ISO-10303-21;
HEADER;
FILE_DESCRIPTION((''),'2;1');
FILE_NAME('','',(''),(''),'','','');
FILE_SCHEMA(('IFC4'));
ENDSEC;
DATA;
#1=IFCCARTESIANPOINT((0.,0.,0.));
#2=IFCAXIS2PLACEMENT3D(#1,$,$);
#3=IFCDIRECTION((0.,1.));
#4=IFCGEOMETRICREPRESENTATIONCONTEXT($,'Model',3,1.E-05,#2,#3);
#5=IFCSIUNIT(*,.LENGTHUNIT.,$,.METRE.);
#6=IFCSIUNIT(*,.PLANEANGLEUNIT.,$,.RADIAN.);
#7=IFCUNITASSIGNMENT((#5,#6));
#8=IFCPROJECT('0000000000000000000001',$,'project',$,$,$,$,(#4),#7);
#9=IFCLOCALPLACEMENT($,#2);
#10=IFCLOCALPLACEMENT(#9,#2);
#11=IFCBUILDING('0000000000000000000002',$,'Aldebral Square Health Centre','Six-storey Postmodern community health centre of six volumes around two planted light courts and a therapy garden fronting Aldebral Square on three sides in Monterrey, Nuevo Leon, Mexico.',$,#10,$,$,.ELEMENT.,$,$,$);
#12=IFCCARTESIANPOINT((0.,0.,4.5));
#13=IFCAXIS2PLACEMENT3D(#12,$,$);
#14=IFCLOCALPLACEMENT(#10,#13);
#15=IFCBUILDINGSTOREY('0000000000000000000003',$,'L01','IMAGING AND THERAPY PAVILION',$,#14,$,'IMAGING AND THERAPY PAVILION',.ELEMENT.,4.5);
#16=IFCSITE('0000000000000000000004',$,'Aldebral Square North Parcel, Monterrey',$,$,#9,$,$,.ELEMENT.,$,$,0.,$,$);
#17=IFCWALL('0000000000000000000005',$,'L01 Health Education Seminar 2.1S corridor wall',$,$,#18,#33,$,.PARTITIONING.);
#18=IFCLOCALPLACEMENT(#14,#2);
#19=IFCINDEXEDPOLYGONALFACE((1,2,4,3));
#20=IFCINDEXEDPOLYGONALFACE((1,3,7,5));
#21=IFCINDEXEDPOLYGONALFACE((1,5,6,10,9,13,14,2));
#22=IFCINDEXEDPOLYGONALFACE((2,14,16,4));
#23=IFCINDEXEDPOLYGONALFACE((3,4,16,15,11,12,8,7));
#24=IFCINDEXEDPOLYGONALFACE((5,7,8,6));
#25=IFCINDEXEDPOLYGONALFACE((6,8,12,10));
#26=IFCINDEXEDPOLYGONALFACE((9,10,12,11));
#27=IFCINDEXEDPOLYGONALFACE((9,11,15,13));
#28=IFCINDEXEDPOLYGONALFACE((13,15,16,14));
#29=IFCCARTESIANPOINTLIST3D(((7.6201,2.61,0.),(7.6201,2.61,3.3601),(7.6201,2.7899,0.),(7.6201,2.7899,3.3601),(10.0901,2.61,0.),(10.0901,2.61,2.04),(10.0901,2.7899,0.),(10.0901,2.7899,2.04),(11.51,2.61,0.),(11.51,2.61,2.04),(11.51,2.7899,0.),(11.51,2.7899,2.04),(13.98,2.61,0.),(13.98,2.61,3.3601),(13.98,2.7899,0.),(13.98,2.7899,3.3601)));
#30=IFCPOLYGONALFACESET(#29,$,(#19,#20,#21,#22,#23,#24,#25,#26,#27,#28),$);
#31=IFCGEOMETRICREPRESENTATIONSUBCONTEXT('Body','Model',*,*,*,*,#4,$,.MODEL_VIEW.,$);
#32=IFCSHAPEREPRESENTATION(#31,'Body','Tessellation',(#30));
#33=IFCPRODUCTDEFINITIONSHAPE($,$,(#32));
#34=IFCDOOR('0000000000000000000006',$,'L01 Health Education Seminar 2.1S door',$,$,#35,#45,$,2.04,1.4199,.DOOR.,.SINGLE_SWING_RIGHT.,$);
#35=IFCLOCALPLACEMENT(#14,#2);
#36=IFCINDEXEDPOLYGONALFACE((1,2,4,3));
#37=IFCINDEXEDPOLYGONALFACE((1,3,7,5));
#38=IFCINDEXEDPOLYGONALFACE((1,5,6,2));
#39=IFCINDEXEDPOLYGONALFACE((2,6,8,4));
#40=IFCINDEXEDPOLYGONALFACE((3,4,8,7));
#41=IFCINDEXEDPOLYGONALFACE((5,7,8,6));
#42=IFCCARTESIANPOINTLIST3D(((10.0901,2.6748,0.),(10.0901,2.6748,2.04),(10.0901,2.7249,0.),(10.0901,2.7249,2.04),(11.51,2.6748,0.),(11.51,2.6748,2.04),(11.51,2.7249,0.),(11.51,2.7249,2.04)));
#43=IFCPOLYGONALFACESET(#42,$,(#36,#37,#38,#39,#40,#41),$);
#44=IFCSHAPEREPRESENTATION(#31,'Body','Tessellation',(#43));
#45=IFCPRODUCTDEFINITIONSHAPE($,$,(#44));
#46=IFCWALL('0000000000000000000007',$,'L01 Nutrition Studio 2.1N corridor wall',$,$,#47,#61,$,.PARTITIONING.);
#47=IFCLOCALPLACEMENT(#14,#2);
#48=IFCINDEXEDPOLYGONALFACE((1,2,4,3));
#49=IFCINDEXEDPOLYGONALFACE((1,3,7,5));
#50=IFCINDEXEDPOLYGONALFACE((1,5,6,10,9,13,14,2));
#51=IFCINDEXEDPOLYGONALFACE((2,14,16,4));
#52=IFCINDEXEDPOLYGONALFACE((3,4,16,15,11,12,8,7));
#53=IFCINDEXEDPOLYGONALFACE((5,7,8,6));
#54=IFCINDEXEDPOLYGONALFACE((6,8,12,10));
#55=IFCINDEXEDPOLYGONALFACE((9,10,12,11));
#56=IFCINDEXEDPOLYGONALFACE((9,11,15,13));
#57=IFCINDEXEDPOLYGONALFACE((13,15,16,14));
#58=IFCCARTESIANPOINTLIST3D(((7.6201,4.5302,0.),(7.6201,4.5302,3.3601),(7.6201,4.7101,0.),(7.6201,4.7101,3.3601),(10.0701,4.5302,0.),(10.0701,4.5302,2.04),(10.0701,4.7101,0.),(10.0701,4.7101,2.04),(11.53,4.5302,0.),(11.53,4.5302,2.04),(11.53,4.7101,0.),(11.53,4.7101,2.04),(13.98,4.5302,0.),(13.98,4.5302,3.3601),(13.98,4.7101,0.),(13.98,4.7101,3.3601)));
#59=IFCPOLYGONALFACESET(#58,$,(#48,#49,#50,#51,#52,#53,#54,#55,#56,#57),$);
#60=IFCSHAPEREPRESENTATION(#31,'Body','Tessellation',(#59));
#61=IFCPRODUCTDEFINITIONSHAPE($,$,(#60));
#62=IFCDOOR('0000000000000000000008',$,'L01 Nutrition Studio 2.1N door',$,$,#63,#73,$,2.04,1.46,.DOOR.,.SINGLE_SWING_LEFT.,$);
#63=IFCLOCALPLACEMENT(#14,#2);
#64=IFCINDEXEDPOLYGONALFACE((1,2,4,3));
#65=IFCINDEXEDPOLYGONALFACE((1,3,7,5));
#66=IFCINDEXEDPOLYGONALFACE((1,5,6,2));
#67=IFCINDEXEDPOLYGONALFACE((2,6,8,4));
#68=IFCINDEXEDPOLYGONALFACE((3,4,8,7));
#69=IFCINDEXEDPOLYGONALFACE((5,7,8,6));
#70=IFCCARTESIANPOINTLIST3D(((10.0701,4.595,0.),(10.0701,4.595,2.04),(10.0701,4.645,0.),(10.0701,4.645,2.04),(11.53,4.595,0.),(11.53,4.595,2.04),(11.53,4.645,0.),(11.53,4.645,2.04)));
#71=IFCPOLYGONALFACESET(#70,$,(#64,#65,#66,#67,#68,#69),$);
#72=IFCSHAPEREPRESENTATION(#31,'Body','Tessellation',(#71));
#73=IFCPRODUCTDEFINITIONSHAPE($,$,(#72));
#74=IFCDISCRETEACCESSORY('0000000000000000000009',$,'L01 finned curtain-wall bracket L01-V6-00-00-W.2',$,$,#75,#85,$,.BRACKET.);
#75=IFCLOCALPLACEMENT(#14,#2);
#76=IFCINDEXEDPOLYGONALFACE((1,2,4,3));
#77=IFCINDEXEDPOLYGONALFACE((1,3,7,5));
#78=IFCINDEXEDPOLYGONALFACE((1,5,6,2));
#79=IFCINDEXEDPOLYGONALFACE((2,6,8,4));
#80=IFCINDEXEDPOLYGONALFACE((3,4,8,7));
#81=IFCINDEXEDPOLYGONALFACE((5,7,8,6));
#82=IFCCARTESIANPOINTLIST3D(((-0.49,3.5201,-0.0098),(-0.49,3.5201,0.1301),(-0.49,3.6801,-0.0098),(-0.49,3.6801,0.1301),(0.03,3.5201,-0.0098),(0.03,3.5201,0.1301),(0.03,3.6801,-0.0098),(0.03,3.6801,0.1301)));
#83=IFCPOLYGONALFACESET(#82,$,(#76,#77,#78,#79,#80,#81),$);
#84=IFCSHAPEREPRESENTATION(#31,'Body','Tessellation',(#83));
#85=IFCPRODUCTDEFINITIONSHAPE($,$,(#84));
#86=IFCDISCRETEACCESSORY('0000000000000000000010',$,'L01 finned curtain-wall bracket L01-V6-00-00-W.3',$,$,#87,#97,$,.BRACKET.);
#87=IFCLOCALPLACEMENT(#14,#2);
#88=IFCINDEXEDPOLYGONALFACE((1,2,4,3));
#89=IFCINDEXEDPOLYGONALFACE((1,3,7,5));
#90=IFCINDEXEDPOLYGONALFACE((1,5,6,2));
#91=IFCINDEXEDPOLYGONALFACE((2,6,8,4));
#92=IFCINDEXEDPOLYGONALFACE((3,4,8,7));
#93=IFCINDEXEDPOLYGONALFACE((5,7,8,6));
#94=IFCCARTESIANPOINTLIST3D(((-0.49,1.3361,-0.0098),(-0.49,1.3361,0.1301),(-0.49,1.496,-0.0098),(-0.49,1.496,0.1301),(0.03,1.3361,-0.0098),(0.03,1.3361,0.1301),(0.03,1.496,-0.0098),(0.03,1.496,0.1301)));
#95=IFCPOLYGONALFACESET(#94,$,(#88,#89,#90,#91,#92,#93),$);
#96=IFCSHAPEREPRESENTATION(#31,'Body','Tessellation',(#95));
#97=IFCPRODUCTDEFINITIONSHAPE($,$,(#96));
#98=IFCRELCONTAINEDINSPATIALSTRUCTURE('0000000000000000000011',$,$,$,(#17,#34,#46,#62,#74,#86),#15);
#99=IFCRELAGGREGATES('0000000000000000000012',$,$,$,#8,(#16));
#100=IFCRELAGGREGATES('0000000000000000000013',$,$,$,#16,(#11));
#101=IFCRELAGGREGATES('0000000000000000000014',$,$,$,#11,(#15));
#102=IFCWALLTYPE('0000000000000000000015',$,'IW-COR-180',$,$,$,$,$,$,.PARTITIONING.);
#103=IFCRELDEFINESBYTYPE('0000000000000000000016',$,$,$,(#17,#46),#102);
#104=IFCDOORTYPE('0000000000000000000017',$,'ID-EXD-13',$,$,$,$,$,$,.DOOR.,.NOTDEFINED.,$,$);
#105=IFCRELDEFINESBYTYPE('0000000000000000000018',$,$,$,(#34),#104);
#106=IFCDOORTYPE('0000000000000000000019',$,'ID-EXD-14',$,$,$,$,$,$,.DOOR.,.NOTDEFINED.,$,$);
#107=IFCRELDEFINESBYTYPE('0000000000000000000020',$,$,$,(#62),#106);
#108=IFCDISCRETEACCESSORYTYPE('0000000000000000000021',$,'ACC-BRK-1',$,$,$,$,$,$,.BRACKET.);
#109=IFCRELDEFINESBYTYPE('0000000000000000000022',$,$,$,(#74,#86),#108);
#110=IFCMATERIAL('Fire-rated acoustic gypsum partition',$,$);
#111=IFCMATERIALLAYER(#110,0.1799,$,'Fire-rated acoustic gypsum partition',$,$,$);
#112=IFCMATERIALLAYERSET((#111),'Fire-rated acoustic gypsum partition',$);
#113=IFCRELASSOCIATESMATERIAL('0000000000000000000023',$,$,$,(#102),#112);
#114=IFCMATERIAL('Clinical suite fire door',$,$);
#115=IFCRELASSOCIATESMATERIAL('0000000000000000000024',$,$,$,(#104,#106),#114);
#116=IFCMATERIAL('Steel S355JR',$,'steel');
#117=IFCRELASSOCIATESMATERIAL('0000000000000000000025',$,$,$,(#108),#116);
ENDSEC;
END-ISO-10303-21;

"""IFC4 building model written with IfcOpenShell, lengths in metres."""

from ifc_helpers import new_model, si_unit, direction, frame, frame_2d, origin, origin_2d, place, context, subcontext, project, spatial, rectangle, extrude, material, layer, layer_set, type_object, element, fill, save


model = new_model("IFC4")

# Units and contexts
model_context = context("Model", 3, precision=1e-05, world=origin(), true_north=direction((0.0, 1.0)))
body_context = subcontext(model_context, "Body", "Model", "MODEL_VIEW")
ifc_project = project(units=[si_unit("LENGTHUNIT", "METRE"), si_unit("PLANEANGLEUNIT", "RADIAN")], contexts=[model_context])

# Site, building, storey
site_placement = place(None, origin())
site = spatial("IfcSite", under=ifc_project, at=site_placement, Name="Aldebral Square North Parcel, Monterrey", CompositionType="ELEMENT", RefElevation=0.0)
building_placement = place(site_placement, origin())
building = spatial("IfcBuilding", under=site, at=building_placement, Name="Aldebral Square Health Centre", Description="Six-storey Postmodern community health centre of six volumes around two planted light courts and a therapy garden fronting Aldebral Square on three sides in Monterrey, Nuevo Leon, Mexico.", CompositionType="ELEMENT")
storey_placement = place(building_placement, frame((0.0, 0.0, 4.5)))
storey = spatial("IfcBuildingStorey", under=building, at=storey_placement, Name="L01", Description="IMAGING AND THERAPY PAVILION", LongName="IMAGING AND THERAPY PAVILION", CompositionType="ELEMENT", Elevation=4.5)

# Walls, openings, doors
ifc_material_1 = material(Name="Clinical suite fire door")
ifc_material_2 = material(Name="Fire-rated acoustic gypsum partition")
ifc_layer_1 = layer(ifc_material_2, 0.1799, Name="Fire-rated acoustic gypsum partition")
ifc_layer_set_1 = layer_set([ifc_layer_1], Name="Fire-rated acoustic gypsum partition")
wall_type_1 = type_object("IfcWallType", Name="IW-COR-180", PredefinedType="PARTITIONING", material=ifc_layer_set_1)
wall_1_placement = place(storey_placement, frame((7.6201, 2.7, 0.0), z_axis=(0.0, 0.0, 1.0), x_axis=(1.0, 0.0, 0.0)))
wall_1 = element("IfcWall", 1, at=wall_1_placement, inside=storey, type_object=wall_type_1, Name="L01 Health Education Seminar 2.1S corridor wall", PredefinedType="PARTITIONING", context=body_context, shape_type="SweptSolid", body=[
    extrude(rectangle(XDim=6.3599, YDim=0.1799, at=frame_2d((3.1799, 0.0))), origin(), (0.0, 0.0, 1.0), 3.3601),
])
opening_1_placement = place(wall_1_placement, frame((2.47, 0.0, 0.0)))
opening_1 = element("IfcOpeningElement", 2, at=opening_1_placement, cuts=wall_1, PredefinedType="OPENING", context=body_context, shape_type="SweptSolid", body=[
    extrude(rectangle(XDim=1.4199, YDim=2.04, at=frame_2d((0.71, 1.02))), frame((0.0, 0.1001, 0.0), z_axis=(0.0, -1.0, 0.0), x_axis=(1.0, 0.0, 0.0)), (0.0, 0.0, 1.0), 0.2),
])
door_type_1 = type_object("IfcDoorType", Name="ID-EXD-13", OperationType="NOTDEFINED", PredefinedType="DOOR", material=ifc_material_1)
door_1_placement = place(opening_1_placement, origin())
door_1 = element("IfcDoor", 3, at=door_1_placement, inside=storey, type_object=door_type_1, Name="L01 Health Education Seminar 2.1S door", OperationType="SINGLE_SWING_RIGHT", OverallHeight=2.04, OverallWidth=1.4199, PredefinedType="DOOR", context=body_context, shape_type="SweptSolid", body=[
    extrude(rectangle(XDim=1.4199, YDim=2.04, at=frame_2d((0.71, 1.02))), frame((0.0, 0.0249, 0.0), z_axis=(0.0, -1.0, 0.0), x_axis=(1.0, 0.0, 0.0)), (0.0, 0.0, 1.0), 0.05),
])
fill(opening_1, door_1)
wall_2_placement = place(storey_placement, frame((7.6201, 4.6201, 0.0), z_axis=(0.0, 0.0, 1.0), x_axis=(1.0, 0.0, 0.0)))
wall_2 = element("IfcWall", 4, at=wall_2_placement, inside=storey, type_object=wall_type_1, Name="L01 Nutrition Studio 2.1N corridor wall", PredefinedType="PARTITIONING", context=body_context, shape_type="SweptSolid", body=[
    extrude(rectangle(XDim=6.3599, YDim=0.1799, at=frame_2d((3.1799, 0.0))), origin(), (0.0, 0.0, 1.0), 3.3601),
])
opening_2_placement = place(wall_2_placement, frame((2.45, 0.0, 0.0)))
opening_2 = element("IfcOpeningElement", 5, at=opening_2_placement, cuts=wall_2, PredefinedType="OPENING", context=body_context, shape_type="SweptSolid", body=[
    extrude(rectangle(XDim=1.46, YDim=2.04, at=frame_2d((0.73, 1.02))), frame((0.0, 0.1001, 0.0), z_axis=(0.0, -1.0, 0.0), x_axis=(1.0, 0.0, 0.0)), (0.0, 0.0, 1.0), 0.2),
])
door_type_2 = type_object("IfcDoorType", Name="ID-EXD-14", OperationType="NOTDEFINED", PredefinedType="DOOR", material=ifc_material_1)
door_2_placement = place(opening_2_placement, origin())
door_2 = element("IfcDoor", 6, at=door_2_placement, inside=storey, type_object=door_type_2, Name="L01 Nutrition Studio 2.1N door", OperationType="SINGLE_SWING_LEFT", OverallHeight=2.04, OverallWidth=1.46, PredefinedType="DOOR", context=body_context, shape_type="SweptSolid", body=[
    extrude(rectangle(XDim=1.46, YDim=2.04, at=frame_2d((0.73, 1.02))), frame((0.0, 0.0249, 0.0), z_axis=(0.0, -1.0, 0.0), x_axis=(1.0, 0.0, 0.0)), (0.0, 0.0, 1.0), 0.05),
])
fill(opening_2, door_2)

# Discrete accessories
ifc_material_3 = material(Name="Steel S355JR", Category="steel")
discrete_accessory_type = type_object("IfcDiscreteAccessoryType", Name="ACC-BRK-1", PredefinedType="BRACKET", material=ifc_material_3)
for number, where, z_axis, x_axis, name in (
    (7, (-0.23, 3.6001, -0.0098), (0.0, 0.0, 1.0), (0.0, 1.0, 0.0), "L01 finned curtain-wall bracket L01-V6-00-00-W.2"),
    (8, (-0.23, 1.416, -0.0098), (0.0, 0.0, 1.0), (0.0, 1.0, 0.0), "L01 finned curtain-wall bracket L01-V6-00-00-W.3"),
):
    element("IfcDiscreteAccessory", number, at=place(storey_placement, frame(where, z_axis=z_axis, x_axis=x_axis)), inside=storey, type_object=discrete_accessory_type, Name=name, PredefinedType="BRACKET", context=body_context, shape_type="SweptSolid", body=[
        extrude(rectangle(XDim=0.1599, YDim=0.52, at=origin_2d()), origin(), (0.0, 0.0, 1.0), 0.1399),
    ])

save(model, "model.ifc")
